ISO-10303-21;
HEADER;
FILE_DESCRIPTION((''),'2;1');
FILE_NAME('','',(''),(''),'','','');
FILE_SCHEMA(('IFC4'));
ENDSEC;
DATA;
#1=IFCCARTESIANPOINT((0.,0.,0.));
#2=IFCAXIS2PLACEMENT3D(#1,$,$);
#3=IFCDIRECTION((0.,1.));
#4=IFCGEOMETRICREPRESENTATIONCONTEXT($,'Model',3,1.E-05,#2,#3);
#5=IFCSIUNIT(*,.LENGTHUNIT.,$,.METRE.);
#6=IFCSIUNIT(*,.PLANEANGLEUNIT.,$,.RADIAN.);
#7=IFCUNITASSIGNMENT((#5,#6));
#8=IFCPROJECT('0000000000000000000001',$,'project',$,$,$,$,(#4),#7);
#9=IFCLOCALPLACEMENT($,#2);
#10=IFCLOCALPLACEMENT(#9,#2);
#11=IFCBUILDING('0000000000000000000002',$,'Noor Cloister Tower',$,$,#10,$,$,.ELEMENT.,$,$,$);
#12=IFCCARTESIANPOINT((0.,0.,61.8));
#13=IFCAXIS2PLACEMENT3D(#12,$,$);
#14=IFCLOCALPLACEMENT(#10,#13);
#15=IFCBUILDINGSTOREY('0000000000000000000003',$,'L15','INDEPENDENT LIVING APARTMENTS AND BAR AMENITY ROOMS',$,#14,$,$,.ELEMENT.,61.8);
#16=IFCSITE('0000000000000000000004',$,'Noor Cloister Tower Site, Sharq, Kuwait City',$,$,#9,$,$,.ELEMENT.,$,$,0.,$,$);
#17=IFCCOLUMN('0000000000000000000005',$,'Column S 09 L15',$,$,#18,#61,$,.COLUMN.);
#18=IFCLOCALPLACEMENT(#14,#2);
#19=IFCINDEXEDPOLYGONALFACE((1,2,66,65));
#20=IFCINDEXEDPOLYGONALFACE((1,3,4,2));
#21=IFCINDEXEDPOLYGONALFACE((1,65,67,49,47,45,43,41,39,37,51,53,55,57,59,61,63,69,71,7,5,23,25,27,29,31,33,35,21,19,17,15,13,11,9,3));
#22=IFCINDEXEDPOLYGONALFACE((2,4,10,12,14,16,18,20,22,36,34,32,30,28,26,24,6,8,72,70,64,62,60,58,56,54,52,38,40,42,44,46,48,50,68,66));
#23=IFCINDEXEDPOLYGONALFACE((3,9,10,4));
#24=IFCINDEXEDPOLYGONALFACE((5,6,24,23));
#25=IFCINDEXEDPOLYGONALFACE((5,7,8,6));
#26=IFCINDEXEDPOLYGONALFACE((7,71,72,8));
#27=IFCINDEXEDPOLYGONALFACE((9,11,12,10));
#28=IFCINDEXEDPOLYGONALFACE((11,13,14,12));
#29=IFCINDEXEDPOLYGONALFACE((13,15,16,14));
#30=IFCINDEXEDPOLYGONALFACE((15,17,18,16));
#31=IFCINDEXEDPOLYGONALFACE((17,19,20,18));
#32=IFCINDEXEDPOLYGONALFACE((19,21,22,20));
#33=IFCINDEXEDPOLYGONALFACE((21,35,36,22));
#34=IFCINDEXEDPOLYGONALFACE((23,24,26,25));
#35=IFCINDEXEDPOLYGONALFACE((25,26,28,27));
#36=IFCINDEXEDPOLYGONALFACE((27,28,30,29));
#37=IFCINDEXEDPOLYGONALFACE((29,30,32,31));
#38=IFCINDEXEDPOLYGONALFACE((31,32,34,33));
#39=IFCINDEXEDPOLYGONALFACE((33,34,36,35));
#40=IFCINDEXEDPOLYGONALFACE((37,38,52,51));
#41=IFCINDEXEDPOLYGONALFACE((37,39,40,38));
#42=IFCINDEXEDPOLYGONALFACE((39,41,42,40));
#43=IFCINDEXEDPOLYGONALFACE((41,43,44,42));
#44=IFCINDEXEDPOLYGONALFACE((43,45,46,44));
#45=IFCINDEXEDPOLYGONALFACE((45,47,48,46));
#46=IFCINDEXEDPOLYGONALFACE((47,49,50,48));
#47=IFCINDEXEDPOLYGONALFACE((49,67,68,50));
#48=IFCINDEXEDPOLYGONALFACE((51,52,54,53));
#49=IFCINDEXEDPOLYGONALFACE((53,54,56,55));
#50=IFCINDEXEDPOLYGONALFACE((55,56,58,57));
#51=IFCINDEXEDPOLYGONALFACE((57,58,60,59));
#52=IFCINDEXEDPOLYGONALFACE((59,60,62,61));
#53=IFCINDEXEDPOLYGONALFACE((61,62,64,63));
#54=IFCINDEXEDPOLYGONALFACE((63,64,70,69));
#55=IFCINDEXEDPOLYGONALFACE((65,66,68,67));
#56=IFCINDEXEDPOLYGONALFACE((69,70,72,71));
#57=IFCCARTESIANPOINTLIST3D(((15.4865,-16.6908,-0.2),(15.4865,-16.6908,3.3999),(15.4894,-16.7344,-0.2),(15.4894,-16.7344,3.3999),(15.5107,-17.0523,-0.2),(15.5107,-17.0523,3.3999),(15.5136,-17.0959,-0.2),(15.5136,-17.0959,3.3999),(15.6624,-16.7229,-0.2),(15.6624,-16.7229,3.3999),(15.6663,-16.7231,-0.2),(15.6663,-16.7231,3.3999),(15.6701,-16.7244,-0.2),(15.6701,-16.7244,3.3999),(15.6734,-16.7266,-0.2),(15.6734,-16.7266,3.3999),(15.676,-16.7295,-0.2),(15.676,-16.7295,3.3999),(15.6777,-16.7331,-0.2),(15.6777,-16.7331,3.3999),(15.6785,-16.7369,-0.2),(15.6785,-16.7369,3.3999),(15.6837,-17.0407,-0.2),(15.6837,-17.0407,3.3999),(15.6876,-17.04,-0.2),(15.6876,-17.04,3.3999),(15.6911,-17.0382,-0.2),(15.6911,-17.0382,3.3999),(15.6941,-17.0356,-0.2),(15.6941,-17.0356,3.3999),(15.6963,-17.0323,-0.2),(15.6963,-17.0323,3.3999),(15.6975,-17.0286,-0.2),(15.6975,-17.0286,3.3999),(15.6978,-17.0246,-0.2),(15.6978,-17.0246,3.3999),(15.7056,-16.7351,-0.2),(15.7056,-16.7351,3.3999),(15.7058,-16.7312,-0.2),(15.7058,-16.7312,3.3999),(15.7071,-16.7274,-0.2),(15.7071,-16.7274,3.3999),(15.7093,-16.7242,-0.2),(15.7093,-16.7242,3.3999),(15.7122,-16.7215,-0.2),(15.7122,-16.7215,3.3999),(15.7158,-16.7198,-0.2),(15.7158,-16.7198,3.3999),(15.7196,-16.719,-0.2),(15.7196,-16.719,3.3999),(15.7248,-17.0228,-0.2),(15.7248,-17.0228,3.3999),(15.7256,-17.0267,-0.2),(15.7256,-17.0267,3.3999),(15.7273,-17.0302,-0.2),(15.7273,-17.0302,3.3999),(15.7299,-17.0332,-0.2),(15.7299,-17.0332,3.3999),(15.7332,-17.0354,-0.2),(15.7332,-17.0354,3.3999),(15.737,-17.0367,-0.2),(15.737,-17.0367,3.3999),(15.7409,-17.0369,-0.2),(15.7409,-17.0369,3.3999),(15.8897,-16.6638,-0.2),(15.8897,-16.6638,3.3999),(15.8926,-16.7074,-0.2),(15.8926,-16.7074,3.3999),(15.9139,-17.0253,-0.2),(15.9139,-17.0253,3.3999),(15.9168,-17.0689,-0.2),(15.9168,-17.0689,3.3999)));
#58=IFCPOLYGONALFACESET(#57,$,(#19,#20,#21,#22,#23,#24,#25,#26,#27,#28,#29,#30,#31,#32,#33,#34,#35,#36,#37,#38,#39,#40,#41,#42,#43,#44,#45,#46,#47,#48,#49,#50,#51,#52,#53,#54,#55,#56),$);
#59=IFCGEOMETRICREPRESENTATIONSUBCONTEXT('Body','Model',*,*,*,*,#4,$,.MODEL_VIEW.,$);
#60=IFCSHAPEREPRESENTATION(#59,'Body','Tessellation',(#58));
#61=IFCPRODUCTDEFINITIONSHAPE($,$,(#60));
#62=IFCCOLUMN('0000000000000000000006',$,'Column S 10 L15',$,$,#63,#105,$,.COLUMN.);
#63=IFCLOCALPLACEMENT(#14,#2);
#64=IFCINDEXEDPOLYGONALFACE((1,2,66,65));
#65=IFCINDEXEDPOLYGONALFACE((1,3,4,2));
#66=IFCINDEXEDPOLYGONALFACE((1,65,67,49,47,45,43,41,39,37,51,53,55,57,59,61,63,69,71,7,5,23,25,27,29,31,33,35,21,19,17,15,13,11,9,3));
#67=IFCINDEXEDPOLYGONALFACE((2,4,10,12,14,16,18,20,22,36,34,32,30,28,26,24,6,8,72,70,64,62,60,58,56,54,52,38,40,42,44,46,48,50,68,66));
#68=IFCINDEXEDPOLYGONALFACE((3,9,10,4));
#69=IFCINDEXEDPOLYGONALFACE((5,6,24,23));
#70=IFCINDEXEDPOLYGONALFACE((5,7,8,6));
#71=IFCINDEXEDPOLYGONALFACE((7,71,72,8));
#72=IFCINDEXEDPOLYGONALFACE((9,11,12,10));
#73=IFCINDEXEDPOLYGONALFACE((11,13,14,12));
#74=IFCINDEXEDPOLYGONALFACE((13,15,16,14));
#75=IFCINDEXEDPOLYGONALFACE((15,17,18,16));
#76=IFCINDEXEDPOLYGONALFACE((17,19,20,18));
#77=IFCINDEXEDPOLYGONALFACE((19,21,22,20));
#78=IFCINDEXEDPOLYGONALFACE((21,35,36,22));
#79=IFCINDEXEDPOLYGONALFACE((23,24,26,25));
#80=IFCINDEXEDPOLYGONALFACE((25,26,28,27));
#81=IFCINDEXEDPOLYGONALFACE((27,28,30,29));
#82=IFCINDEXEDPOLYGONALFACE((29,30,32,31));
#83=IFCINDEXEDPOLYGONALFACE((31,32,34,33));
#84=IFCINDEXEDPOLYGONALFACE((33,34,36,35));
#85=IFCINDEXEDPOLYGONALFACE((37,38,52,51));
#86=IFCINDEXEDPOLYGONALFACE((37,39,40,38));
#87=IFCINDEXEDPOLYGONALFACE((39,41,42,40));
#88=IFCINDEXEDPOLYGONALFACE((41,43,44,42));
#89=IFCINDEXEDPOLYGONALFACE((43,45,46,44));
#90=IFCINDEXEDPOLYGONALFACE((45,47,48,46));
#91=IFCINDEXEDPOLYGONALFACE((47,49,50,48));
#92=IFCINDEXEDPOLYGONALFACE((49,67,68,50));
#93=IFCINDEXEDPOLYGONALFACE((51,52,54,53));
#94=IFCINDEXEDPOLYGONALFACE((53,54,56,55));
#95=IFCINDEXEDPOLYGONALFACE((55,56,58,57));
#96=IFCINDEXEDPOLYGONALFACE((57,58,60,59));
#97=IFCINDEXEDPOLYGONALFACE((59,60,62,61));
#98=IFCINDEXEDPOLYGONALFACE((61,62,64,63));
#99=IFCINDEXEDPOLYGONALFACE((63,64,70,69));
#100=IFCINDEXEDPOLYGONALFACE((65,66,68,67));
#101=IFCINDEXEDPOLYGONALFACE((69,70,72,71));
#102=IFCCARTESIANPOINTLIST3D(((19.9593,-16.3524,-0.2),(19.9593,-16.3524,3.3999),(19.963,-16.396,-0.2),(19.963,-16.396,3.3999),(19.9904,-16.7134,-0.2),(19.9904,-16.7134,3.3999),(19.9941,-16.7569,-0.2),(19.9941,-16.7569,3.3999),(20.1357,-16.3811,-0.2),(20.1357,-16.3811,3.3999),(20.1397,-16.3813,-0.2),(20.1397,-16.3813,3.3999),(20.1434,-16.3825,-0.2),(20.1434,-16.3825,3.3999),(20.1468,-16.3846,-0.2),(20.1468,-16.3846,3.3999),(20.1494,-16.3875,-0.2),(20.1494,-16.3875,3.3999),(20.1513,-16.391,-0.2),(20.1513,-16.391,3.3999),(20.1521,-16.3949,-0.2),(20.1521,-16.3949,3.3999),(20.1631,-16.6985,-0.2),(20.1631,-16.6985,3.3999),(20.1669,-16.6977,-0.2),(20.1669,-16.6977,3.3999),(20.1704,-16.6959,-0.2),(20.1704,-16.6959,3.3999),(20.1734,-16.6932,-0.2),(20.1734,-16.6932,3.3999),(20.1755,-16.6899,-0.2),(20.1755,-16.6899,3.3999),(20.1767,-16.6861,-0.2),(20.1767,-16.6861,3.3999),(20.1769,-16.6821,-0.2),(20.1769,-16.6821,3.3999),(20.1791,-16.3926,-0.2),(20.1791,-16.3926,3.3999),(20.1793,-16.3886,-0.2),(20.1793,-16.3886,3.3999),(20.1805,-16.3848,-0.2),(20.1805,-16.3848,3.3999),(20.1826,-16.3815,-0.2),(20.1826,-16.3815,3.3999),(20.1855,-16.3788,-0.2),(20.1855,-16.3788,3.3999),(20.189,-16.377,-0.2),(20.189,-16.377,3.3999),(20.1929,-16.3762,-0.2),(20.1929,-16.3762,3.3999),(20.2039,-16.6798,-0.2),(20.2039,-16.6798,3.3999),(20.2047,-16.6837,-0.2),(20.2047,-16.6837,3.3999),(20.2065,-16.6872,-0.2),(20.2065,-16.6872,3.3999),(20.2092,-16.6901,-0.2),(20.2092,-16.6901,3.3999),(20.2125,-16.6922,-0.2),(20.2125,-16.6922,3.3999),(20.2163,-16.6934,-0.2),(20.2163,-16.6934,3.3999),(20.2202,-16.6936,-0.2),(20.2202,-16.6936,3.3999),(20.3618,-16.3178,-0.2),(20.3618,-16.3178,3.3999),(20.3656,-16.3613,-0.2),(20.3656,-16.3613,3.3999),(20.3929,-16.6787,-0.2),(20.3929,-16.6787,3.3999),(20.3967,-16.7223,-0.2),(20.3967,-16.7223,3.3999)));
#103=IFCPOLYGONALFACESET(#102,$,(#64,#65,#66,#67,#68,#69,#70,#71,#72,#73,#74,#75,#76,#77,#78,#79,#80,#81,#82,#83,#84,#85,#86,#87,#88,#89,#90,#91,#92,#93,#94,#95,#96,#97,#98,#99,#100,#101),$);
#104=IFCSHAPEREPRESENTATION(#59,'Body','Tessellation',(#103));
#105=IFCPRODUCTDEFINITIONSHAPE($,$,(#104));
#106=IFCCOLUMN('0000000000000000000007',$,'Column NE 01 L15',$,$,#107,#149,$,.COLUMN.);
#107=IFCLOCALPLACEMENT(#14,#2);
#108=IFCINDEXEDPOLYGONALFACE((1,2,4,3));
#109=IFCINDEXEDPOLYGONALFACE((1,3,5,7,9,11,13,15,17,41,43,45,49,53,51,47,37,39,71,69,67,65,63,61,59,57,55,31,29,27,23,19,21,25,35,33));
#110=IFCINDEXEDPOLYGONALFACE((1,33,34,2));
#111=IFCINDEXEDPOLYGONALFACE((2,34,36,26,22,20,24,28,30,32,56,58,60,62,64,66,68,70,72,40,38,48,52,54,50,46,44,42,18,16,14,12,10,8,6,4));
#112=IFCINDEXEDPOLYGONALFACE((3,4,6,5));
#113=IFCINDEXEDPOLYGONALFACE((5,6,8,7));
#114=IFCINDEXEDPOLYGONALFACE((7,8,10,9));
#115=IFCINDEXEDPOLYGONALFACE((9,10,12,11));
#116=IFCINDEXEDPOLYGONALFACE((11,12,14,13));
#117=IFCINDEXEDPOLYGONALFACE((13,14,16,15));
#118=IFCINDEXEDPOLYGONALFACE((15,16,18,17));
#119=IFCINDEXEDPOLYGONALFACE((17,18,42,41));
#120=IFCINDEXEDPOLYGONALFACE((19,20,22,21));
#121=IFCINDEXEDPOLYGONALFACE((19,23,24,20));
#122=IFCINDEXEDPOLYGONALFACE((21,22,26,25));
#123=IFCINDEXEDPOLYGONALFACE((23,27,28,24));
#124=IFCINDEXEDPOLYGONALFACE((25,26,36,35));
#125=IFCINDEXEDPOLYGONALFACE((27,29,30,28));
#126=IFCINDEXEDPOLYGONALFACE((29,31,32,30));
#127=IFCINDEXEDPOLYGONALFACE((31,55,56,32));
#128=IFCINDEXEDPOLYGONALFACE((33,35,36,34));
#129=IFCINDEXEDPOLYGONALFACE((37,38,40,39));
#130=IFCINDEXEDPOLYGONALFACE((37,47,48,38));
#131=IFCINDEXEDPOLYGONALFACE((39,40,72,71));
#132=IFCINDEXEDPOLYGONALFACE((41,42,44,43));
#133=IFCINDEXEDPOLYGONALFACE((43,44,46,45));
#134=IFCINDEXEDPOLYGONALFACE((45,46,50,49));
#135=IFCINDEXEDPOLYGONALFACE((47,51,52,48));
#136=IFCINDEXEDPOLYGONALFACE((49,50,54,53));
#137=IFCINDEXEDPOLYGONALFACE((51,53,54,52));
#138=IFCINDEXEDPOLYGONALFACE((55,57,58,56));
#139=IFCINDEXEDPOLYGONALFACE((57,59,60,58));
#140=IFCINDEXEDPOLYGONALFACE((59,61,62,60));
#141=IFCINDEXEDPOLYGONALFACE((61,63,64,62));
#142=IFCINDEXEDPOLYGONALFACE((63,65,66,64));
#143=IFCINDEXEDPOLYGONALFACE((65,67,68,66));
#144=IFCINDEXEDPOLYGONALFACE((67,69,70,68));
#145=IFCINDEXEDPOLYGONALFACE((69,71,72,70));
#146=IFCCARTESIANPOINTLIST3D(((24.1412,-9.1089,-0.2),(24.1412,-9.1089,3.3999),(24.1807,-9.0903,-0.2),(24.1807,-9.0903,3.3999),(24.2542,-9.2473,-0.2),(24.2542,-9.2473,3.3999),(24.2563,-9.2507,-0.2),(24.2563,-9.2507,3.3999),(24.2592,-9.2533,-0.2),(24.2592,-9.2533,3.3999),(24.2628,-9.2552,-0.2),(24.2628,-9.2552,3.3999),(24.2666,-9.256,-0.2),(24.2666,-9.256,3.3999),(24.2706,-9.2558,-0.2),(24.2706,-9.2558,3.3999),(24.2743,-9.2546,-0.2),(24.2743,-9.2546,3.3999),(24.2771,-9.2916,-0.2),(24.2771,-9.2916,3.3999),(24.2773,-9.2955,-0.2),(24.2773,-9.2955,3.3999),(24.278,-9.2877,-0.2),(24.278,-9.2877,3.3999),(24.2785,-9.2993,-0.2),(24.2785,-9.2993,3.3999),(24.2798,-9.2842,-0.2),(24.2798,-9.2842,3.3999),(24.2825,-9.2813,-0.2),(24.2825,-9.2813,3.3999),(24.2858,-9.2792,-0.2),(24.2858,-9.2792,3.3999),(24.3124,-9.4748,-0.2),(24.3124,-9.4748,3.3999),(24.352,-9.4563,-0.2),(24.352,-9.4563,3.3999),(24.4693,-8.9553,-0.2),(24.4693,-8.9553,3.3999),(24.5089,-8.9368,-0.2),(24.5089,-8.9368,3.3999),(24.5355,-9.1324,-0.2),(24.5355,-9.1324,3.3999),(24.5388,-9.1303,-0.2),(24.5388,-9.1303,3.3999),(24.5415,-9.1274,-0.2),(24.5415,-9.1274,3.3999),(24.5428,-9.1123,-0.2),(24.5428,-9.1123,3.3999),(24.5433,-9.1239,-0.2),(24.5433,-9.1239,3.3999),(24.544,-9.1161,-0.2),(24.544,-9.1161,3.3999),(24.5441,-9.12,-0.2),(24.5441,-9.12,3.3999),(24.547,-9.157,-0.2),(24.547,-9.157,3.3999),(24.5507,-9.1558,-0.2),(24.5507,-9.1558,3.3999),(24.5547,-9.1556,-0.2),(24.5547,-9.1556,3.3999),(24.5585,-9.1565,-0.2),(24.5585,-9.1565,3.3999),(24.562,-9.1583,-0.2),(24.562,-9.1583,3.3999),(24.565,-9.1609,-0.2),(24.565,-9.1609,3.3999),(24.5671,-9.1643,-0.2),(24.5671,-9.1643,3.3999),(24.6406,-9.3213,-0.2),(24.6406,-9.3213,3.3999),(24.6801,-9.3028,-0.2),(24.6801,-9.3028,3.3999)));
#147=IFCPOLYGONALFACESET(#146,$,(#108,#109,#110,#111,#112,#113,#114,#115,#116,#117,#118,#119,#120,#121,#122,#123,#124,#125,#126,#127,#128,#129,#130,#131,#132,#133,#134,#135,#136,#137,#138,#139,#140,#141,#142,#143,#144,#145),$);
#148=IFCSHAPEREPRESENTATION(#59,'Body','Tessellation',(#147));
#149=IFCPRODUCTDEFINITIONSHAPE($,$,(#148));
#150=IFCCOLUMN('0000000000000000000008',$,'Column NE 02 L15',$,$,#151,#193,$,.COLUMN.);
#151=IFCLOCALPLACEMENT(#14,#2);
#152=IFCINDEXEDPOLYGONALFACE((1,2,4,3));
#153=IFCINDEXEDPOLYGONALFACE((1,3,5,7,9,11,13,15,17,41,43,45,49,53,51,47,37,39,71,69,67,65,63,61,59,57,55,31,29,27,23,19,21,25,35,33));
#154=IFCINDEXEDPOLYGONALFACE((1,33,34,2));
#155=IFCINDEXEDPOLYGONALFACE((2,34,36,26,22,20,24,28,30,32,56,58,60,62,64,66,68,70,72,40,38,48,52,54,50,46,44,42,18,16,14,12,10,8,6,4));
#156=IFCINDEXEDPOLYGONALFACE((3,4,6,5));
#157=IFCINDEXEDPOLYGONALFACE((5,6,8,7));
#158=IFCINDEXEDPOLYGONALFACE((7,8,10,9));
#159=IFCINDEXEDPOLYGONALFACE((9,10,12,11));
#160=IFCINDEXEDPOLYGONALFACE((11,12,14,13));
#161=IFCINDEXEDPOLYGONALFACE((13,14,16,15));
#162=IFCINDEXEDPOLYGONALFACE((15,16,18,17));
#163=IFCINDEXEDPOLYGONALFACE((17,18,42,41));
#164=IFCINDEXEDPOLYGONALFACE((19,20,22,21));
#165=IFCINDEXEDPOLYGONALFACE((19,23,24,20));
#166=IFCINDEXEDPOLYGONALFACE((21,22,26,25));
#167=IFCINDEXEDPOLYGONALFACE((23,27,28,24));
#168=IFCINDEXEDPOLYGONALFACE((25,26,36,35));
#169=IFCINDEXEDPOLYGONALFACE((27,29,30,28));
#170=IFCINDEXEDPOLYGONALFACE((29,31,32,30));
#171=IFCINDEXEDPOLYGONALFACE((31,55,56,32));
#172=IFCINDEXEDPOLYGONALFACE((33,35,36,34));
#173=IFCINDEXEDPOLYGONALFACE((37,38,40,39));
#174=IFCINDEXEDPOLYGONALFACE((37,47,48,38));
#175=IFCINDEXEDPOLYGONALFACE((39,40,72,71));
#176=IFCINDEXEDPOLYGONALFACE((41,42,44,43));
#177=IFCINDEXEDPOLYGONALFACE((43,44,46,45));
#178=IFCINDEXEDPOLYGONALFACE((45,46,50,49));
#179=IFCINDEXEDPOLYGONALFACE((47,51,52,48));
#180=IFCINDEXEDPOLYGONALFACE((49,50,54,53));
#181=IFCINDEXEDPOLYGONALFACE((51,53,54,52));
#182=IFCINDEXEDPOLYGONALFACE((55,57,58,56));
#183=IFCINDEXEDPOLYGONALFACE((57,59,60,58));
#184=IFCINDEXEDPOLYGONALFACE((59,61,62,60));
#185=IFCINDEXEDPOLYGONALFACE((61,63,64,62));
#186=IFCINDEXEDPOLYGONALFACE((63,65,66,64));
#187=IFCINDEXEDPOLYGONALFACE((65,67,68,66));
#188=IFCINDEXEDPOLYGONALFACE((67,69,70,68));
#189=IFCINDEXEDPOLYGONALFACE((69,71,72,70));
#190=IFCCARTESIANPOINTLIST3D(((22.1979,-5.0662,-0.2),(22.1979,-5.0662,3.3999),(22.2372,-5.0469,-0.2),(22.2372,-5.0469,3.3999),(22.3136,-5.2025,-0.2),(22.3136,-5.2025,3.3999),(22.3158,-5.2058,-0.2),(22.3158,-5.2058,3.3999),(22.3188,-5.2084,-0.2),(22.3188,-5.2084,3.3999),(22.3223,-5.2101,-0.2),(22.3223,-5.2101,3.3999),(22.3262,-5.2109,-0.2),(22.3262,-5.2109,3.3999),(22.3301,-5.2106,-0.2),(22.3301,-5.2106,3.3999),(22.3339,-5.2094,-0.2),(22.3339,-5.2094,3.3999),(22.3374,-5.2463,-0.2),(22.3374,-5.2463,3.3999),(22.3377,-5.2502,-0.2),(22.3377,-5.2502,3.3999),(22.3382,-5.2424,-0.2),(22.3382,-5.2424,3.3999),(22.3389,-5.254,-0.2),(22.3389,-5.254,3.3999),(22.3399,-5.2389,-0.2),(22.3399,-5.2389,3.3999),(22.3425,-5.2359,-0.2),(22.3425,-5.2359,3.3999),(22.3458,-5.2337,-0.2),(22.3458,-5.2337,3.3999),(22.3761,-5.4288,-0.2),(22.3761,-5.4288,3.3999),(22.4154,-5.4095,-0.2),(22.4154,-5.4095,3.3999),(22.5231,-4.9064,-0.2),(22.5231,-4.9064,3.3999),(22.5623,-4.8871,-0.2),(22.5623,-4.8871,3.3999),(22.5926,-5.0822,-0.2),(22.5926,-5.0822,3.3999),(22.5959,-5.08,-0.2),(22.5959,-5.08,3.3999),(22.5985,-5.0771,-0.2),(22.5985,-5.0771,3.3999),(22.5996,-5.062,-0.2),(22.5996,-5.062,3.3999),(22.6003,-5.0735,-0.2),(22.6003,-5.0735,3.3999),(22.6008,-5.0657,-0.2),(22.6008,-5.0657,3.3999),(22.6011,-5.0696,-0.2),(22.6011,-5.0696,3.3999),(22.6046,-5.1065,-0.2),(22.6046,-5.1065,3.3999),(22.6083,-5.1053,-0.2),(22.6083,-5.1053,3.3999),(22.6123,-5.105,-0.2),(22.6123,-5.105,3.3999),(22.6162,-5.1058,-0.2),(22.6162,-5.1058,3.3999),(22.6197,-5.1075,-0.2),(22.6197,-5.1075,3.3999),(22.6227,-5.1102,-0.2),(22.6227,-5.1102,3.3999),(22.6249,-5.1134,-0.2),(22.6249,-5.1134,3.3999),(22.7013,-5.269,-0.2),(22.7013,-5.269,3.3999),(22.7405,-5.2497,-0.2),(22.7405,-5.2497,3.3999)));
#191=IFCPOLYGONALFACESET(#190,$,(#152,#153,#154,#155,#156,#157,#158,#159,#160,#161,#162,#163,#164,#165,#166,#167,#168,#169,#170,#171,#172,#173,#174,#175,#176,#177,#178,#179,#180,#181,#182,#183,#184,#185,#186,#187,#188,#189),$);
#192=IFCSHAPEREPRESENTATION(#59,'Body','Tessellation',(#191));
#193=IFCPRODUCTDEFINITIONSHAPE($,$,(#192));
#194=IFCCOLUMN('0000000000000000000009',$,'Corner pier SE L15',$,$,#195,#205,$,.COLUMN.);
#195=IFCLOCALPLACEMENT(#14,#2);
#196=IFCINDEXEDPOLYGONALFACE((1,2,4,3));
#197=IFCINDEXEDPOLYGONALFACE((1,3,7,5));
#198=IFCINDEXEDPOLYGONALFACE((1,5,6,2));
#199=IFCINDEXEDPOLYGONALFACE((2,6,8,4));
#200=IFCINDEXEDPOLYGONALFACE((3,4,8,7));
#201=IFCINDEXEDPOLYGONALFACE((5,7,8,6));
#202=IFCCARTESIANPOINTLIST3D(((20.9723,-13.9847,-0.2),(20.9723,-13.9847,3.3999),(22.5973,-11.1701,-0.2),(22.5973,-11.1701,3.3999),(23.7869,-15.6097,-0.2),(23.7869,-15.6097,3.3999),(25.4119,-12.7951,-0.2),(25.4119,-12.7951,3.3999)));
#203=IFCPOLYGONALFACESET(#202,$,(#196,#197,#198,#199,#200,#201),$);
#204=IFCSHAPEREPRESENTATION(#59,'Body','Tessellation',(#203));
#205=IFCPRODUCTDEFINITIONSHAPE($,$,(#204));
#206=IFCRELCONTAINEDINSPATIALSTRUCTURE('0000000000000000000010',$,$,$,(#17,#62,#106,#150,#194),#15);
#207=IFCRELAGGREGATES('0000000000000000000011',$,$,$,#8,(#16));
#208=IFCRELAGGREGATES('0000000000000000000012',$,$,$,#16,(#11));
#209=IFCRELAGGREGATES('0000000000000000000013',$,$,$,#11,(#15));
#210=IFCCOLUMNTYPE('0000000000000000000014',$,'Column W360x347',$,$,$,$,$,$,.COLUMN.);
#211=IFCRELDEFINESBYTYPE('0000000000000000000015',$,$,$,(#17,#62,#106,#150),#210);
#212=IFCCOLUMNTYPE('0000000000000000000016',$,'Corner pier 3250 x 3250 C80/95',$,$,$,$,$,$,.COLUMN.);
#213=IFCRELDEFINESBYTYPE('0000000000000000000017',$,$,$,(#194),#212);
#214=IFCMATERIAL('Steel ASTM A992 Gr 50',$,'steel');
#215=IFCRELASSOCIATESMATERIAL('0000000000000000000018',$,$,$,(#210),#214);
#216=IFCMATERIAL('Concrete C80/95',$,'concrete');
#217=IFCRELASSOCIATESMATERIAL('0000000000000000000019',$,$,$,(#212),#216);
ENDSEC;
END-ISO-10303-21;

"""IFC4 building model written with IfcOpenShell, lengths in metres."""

from ifc_helpers import new_model, si_unit, direction, frame, origin, origin_2d, place, context, subcontext, project, spatial, rectangle, i_section, extrude, material, material_profile, profile_set, type_object, element, save


model = new_model("IFC4")

# Units and contexts
model_context = context("Model", 3, precision=1e-05, world=origin(), true_north=direction((0.0, 1.0)))
body_context = subcontext(model_context, "Body", "Model", "MODEL_VIEW")
ifc_project = project(units=[si_unit("LENGTHUNIT", "METRE"), si_unit("PLANEANGLEUNIT", "RADIAN")], contexts=[model_context])

# Site, building, storey
site_placement = place(None, origin())
site = spatial("IfcSite", under=ifc_project, at=site_placement, Name="Noor Cloister Tower Site, Sharq, Kuwait City", CompositionType="ELEMENT", RefElevation=0.0)
building_placement = place(site_placement, origin())
building = spatial("IfcBuilding", under=site, at=building_placement, Name="Noor Cloister Tower", CompositionType="ELEMENT")
storey_placement = place(building_placement, frame((0.0, 0.0, 61.8)))
storey = spatial("IfcBuildingStorey", under=building, at=storey_placement, Name="L15", Description="INDEPENDENT LIVING APARTMENTS AND BAR AMENITY ROOMS", CompositionType="ELEMENT", Elevation=61.8)

# Columns
ifc_material_1 = material(Name="Steel ASTM A992 Gr 50", Category="steel")
ifc_material_profile_1 = material_profile(ifc_material_1, i_section(OverallWidth=0.4041, OverallDepth=0.406, WebThickness=0.0271, FlangeThickness=0.0437, FilletRadius=0.0151, at=origin_2d()), Name="W360x347")
ifc_profile_set_1 = profile_set([ifc_material_profile_1], Name="Steel ASTM A992 Gr 50")
column_type_1 = type_object("IfcColumnType", Name="Column W360x347", PredefinedType="COLUMN", material=ifc_profile_set_1)
for number, where, z_axis, x_axis, name in (
    (1, (15.7017, -16.8799, -0.2), (0.0, 0.0, 1.0), (0.997767, 0.066787, 0.0), "Column S 09 L15"),
    (2, (20.178, -16.5374, -0.2), (0.0, 0.0, 1.0), (0.99631, 0.085828, 0.0), "Column S 10 L15"),
    (3, (24.4106, -9.2058, -0.2), (0.0, 0.0, 1.0), (-0.423826, 0.905744, 0.0), "Column NE 01 L15"),
    (4, (22.4692, -5.158, -0.2), (0.0, 0.0, 1.0), (-0.441044, 0.897485, 0.0), "Column NE 02 L15"),
):
    element("IfcColumn", number, at=place(storey_placement, frame(where, z_axis=z_axis, x_axis=x_axis)), inside=storey, type_object=column_type_1, Name=name, PredefinedType="COLUMN", context=body_context, shape_type="SweptSolid", body=[
        extrude(i_section(OverallWidth=0.4041, OverallDepth=0.406, WebThickness=0.0271, FlangeThickness=0.0437, FilletRadius=0.0151, at=origin_2d()), origin(), (0.0, 0.0, 1.0), 3.5999),
    ])
ifc_material_2 = material(Name="Concrete C80/95", Category="concrete")
ifc_material_profile_2 = material_profile(ifc_material_2, rectangle(XDim=3.25, YDim=3.25, at=origin_2d()), Name="RC 3250x3250")
ifc_profile_set_2 = profile_set([ifc_material_profile_2], Name="Concrete C80/95")
column_type_2 = type_object("IfcColumnType", Name="Corner pier 3250 x 3250 C80/95", PredefinedType="COLUMN", material=ifc_profile_set_2)
column_placement = place(storey_placement, frame((23.1921, -13.3899, -0.2), z_axis=(0.0, 0.0, 1.0), x_axis=(0.866025, -0.5, 0.0)))
element("IfcColumn", 5, at=column_placement, inside=storey, type_object=column_type_2, Name="Corner pier SE L15", PredefinedType="COLUMN", context=body_context, shape_type="SweptSolid", body=[
    extrude(rectangle(XDim=3.25, YDim=3.25, at=origin_2d()), origin(), (0.0, 0.0, 1.0), 3.5999),
])

save(model, "model.ifc")
